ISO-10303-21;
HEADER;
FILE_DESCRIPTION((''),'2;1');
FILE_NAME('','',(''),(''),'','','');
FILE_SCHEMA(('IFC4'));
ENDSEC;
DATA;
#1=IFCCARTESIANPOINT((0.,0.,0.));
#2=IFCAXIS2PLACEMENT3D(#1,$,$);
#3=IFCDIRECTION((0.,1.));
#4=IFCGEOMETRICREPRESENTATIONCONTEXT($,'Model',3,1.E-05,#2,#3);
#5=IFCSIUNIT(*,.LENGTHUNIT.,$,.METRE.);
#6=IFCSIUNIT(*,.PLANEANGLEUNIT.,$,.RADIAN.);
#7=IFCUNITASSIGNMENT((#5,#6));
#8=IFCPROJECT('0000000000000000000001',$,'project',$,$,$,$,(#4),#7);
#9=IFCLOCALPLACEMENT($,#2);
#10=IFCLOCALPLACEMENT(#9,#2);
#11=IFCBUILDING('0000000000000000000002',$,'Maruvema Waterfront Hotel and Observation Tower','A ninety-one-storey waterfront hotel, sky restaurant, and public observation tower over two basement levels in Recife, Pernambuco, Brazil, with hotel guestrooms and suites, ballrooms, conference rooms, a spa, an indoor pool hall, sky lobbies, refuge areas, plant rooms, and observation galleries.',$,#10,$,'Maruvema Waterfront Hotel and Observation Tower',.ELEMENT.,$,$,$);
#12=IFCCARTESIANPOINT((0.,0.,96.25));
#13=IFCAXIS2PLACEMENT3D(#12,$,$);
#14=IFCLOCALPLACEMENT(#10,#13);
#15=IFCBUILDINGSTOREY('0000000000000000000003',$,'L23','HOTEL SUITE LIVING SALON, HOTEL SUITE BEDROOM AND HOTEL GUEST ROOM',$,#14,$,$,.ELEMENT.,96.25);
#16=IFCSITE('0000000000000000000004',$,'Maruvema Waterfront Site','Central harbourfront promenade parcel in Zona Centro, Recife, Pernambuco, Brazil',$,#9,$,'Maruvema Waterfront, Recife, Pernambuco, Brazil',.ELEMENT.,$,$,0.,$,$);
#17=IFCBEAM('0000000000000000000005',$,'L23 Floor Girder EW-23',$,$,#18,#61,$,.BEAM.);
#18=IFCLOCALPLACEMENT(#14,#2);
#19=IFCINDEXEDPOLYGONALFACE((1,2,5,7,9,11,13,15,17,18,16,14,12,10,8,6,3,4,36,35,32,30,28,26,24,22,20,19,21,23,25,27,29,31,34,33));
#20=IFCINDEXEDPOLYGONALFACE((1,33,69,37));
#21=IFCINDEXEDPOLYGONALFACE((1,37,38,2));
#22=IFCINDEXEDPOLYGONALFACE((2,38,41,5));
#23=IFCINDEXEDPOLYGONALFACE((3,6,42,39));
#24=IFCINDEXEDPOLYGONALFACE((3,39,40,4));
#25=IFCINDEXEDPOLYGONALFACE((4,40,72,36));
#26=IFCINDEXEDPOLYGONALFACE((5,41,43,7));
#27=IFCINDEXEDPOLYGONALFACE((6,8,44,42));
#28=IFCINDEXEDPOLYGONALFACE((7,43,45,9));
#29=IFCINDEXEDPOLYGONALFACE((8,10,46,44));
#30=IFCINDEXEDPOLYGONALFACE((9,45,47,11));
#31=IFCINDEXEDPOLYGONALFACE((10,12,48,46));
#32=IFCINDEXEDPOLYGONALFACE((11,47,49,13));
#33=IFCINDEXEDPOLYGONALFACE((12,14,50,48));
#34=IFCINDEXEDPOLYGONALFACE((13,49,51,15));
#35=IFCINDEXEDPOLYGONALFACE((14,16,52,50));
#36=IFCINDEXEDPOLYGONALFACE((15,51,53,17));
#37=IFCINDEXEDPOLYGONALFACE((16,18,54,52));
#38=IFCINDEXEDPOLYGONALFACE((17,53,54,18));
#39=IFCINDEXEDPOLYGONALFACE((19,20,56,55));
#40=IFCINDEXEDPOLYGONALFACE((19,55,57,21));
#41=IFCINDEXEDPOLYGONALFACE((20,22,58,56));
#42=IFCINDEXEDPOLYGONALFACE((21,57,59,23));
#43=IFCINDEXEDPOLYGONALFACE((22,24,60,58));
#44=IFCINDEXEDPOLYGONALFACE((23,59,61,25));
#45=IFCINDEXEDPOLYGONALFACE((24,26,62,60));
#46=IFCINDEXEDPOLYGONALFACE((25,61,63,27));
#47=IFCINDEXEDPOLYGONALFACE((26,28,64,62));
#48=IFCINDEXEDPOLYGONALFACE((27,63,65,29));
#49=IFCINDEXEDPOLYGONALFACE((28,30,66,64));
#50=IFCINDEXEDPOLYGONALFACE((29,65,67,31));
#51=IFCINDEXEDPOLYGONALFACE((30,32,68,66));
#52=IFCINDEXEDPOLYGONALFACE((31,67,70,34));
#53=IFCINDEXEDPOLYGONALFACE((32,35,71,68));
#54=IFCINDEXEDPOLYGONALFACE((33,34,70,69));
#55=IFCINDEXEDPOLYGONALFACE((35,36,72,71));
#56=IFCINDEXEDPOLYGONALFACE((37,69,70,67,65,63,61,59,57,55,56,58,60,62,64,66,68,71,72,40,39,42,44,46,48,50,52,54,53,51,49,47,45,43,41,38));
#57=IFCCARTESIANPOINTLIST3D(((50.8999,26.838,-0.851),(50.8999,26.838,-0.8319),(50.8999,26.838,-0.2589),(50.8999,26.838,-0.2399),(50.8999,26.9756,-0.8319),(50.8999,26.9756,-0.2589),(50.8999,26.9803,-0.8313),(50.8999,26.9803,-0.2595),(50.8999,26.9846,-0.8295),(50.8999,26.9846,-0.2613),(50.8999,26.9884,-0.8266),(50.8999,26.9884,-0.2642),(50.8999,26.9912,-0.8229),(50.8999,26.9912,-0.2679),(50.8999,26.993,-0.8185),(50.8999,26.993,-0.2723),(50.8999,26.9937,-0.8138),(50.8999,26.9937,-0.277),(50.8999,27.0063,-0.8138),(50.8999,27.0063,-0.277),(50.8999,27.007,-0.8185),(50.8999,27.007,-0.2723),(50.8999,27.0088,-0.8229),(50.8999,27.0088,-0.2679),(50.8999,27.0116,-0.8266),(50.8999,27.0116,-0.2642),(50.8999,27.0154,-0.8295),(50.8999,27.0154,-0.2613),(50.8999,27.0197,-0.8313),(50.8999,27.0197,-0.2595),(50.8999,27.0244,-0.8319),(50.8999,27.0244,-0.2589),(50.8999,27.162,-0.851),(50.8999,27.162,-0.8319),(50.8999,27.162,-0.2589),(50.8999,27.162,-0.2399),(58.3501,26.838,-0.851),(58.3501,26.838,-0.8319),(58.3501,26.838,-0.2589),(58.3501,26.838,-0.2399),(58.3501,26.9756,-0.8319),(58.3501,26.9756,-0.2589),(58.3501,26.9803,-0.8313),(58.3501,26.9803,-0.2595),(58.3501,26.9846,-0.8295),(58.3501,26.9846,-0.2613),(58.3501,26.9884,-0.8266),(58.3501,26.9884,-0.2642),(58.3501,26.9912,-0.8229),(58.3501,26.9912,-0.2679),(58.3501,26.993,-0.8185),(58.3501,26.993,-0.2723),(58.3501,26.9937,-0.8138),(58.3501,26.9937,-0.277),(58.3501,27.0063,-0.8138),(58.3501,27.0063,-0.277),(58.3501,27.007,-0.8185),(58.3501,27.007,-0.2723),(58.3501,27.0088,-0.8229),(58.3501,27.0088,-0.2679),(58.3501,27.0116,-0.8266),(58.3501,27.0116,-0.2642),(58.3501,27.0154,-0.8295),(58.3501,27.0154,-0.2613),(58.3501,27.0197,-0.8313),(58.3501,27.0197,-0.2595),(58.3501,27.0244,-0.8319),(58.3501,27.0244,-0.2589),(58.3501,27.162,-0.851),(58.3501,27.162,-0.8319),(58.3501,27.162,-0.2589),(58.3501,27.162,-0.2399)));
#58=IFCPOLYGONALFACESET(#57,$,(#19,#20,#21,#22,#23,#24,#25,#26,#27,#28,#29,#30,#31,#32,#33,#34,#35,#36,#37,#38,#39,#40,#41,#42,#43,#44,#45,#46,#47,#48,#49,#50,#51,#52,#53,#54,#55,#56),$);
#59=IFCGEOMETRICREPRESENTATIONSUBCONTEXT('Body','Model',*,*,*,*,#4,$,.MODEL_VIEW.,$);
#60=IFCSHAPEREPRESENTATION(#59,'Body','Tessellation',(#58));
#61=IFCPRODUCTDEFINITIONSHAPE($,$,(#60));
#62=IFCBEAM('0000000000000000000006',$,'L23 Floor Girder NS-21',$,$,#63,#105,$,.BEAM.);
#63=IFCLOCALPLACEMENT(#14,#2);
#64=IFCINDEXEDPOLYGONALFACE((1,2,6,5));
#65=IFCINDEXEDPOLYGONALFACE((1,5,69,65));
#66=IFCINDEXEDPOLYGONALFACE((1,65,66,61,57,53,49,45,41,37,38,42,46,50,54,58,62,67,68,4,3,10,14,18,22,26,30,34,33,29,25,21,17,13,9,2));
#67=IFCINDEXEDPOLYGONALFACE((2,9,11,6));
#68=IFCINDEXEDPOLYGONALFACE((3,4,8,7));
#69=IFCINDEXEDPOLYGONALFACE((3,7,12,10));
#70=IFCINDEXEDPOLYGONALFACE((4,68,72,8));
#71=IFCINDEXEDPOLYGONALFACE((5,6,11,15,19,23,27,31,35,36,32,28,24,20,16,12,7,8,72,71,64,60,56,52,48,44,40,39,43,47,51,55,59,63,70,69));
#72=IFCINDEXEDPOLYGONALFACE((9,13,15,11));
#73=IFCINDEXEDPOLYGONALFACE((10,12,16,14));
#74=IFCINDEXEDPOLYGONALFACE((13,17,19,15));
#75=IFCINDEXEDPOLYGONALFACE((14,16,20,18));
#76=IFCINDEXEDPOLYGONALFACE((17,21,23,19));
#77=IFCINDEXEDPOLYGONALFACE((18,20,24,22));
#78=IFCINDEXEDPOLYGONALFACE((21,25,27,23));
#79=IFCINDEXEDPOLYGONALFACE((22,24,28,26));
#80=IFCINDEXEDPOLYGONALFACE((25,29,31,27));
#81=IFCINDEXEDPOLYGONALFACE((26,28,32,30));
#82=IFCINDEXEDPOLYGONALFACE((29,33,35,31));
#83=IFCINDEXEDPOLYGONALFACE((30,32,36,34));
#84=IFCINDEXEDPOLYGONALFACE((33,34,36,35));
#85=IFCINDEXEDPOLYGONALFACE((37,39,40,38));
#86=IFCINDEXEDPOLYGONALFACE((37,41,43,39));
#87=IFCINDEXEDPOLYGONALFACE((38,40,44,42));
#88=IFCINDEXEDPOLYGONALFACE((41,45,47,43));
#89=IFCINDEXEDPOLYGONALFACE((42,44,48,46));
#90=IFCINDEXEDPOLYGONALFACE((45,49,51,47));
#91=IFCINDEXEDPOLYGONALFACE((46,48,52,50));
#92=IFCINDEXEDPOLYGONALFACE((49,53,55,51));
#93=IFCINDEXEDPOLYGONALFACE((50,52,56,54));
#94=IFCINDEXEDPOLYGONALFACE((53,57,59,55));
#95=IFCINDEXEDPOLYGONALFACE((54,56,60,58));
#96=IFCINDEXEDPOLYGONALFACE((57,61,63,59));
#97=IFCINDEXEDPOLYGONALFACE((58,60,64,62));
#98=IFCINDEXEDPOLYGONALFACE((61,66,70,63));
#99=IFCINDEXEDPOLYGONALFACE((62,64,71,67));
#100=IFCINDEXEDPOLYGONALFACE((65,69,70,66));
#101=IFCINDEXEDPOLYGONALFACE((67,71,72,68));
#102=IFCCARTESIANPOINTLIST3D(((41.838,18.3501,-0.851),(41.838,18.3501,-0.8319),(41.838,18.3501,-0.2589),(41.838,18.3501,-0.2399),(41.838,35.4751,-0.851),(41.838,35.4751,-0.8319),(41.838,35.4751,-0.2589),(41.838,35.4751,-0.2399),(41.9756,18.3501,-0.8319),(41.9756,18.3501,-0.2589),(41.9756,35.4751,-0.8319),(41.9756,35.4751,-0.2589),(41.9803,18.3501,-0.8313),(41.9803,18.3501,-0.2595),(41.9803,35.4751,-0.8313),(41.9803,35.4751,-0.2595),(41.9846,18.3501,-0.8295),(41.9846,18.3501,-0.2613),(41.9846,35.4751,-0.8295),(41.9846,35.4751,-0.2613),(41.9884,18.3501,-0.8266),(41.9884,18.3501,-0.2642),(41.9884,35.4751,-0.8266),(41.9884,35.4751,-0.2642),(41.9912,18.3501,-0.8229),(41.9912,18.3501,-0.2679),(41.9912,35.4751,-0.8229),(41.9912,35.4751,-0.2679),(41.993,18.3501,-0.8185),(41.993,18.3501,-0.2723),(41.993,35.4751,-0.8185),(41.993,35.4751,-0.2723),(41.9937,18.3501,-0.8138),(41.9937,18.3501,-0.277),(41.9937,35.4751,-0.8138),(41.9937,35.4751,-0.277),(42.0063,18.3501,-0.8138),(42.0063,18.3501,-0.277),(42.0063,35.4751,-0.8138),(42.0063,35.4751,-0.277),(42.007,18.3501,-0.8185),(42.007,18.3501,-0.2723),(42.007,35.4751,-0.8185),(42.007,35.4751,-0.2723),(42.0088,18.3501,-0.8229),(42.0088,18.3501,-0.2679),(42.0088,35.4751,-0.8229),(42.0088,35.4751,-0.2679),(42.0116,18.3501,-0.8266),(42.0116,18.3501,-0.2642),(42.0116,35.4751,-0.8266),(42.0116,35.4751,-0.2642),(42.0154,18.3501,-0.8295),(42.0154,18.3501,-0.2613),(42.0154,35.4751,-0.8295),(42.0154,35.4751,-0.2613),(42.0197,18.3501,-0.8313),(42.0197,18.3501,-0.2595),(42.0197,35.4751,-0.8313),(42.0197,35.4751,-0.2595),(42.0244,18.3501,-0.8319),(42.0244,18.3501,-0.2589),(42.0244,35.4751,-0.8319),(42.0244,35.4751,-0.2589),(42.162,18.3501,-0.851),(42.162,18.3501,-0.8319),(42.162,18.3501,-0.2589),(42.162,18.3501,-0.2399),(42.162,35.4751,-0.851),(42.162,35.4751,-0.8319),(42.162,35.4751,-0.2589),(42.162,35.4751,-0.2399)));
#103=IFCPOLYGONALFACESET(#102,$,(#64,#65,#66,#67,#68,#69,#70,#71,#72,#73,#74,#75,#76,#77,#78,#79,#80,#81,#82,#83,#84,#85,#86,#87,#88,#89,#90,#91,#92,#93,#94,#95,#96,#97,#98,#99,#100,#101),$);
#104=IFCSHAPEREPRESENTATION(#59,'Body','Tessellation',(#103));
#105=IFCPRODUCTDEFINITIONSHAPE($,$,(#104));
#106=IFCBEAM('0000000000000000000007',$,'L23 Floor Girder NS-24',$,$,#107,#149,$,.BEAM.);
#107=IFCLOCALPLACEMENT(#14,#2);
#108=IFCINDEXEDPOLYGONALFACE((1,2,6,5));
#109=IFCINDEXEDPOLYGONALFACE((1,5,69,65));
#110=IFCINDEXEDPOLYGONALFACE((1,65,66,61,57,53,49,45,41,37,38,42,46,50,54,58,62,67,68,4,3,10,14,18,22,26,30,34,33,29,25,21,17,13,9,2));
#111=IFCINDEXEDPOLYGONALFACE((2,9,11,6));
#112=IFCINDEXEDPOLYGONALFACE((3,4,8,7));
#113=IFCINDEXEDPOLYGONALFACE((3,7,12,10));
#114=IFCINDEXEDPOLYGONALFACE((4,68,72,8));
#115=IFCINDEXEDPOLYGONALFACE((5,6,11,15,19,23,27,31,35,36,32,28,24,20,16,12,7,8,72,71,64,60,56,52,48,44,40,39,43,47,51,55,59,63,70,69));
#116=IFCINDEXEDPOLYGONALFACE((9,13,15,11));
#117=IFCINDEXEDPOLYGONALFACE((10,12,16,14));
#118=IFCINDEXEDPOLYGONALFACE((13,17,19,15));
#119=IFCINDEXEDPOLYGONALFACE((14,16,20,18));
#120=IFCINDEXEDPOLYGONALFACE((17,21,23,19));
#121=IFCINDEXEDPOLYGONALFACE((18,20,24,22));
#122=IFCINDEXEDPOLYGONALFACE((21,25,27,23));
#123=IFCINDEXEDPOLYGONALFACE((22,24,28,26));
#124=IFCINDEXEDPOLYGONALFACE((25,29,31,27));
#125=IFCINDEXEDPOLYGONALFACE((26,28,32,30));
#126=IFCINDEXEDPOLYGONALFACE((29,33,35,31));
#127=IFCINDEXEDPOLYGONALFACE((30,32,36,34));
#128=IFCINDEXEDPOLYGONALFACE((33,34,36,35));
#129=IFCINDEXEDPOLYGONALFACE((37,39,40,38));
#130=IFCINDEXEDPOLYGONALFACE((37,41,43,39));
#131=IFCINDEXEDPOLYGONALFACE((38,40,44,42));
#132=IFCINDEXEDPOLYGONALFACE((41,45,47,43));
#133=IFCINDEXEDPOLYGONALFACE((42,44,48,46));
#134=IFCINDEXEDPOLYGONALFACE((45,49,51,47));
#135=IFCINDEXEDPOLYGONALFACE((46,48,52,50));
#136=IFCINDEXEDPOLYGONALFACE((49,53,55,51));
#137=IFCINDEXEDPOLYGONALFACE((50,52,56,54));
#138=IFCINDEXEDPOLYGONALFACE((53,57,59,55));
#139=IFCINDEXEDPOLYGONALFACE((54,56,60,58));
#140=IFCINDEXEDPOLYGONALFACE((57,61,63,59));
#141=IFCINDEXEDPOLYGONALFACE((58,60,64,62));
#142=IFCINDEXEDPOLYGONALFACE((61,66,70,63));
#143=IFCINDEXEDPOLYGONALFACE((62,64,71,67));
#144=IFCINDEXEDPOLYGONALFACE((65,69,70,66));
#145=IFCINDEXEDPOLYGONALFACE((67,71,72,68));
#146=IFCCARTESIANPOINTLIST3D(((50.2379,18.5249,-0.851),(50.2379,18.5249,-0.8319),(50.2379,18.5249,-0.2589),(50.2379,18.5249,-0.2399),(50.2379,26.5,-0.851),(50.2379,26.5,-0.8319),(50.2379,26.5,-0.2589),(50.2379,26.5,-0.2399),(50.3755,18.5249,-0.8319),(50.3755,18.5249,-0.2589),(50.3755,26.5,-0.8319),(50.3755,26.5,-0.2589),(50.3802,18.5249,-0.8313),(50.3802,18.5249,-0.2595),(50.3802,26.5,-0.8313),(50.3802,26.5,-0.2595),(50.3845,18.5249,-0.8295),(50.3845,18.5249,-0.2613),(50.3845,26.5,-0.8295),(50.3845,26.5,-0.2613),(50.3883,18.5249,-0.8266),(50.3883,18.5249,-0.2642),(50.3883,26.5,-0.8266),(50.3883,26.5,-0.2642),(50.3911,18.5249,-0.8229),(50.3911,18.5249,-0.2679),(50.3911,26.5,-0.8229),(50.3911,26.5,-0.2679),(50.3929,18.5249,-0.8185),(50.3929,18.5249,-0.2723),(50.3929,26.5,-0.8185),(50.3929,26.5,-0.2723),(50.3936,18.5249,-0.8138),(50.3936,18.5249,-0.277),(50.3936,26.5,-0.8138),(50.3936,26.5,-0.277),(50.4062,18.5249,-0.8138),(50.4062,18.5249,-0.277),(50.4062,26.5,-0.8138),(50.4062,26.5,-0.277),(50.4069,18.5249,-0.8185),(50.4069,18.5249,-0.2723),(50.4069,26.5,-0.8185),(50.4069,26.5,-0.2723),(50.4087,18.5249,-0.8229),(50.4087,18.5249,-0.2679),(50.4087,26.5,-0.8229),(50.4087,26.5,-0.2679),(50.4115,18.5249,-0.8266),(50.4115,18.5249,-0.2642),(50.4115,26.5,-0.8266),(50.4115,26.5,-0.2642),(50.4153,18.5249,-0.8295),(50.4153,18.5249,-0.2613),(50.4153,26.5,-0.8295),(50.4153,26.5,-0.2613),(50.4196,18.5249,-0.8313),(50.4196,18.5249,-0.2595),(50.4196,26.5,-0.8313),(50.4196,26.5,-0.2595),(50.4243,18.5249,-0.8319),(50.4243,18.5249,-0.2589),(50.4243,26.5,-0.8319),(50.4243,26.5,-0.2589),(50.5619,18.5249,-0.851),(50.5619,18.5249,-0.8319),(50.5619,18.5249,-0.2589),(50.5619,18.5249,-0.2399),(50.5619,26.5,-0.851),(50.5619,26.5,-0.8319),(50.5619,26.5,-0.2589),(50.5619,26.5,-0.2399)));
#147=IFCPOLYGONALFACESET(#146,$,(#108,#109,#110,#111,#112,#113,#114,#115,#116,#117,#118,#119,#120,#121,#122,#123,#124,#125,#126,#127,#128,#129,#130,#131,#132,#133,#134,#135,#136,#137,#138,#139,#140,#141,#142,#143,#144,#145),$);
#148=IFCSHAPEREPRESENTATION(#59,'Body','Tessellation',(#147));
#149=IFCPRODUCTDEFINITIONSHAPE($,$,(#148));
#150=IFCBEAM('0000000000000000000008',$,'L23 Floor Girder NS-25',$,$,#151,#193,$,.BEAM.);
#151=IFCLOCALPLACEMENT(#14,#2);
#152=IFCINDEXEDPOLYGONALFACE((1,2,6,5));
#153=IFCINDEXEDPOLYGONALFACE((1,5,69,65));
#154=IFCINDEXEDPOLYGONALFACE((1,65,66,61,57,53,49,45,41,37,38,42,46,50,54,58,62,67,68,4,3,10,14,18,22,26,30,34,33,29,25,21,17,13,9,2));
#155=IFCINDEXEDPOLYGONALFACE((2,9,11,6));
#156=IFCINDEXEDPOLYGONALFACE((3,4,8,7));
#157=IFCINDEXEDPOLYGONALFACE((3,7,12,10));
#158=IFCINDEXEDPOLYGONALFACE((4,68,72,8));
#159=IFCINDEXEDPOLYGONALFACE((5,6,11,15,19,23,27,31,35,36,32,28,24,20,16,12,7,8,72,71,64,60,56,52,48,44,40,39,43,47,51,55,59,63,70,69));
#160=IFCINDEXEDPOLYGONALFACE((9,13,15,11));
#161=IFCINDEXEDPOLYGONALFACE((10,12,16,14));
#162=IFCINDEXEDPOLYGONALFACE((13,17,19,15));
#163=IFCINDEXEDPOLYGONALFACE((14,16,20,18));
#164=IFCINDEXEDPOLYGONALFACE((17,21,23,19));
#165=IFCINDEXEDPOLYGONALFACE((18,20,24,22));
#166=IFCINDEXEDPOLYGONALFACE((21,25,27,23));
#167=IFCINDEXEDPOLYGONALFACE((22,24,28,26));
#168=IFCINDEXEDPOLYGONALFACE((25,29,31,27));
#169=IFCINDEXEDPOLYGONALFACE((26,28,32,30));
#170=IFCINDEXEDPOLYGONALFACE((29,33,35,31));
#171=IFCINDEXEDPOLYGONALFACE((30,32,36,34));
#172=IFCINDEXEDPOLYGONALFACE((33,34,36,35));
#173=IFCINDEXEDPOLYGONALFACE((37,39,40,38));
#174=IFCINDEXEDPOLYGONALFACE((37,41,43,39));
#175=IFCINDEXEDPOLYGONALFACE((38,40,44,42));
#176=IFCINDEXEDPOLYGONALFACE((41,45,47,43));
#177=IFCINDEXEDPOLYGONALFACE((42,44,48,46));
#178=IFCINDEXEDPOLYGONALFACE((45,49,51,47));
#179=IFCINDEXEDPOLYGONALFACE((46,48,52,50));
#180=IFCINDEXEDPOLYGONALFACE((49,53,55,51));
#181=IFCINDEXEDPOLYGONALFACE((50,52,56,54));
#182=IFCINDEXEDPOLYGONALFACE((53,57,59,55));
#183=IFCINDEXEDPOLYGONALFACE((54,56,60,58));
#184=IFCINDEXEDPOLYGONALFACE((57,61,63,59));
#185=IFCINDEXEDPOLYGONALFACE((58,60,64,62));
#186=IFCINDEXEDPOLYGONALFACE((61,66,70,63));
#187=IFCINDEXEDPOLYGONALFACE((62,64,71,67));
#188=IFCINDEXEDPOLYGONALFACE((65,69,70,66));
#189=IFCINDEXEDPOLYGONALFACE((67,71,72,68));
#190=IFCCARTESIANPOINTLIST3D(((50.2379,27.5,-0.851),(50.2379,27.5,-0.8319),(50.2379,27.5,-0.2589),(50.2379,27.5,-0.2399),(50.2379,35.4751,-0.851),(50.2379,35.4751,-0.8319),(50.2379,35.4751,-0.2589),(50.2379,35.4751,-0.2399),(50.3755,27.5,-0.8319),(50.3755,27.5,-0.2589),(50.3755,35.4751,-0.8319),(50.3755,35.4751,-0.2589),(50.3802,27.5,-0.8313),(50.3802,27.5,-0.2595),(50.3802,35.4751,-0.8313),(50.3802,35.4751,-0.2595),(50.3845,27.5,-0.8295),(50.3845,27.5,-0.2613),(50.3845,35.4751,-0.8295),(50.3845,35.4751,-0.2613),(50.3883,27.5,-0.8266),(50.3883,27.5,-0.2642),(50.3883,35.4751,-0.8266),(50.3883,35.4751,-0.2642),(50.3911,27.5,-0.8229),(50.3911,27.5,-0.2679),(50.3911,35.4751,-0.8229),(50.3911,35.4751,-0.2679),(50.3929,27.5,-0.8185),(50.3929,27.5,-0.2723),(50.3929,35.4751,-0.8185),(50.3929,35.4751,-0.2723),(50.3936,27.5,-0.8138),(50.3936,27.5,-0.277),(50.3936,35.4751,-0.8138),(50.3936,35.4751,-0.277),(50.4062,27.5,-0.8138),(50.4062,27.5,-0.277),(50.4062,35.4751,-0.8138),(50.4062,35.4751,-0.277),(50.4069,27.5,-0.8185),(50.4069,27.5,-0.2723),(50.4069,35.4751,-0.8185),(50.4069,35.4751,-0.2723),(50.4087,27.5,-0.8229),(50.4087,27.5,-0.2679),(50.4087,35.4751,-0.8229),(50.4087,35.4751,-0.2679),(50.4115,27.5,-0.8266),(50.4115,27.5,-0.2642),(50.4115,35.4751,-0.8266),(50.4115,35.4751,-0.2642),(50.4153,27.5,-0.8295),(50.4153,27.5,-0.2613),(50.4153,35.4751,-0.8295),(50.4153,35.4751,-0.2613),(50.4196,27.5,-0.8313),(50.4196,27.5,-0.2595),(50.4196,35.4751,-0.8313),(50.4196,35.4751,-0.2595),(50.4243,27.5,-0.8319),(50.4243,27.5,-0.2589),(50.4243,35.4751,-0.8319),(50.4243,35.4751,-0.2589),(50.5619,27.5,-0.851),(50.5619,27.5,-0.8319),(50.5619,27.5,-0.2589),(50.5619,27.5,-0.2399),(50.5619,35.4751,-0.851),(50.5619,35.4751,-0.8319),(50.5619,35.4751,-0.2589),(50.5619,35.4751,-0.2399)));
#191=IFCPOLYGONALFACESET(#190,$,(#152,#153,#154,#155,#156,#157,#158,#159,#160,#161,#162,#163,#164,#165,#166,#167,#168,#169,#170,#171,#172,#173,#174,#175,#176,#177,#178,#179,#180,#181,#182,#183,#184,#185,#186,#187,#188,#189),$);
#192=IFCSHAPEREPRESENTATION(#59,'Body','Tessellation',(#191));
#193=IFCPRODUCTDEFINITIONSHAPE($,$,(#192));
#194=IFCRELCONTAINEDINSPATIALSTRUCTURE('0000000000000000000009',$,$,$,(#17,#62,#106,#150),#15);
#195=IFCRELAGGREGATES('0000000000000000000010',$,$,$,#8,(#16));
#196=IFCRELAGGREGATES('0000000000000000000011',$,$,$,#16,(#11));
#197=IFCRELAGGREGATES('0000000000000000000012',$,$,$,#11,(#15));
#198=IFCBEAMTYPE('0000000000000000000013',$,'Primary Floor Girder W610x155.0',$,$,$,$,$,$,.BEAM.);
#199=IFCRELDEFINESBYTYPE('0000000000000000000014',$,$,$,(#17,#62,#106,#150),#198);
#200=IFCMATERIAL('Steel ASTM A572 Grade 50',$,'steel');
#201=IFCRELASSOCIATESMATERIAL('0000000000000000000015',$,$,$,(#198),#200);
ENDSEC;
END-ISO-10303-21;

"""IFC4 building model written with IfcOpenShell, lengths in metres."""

from ifc_helpers import new_model, si_unit, direction, frame, origin, origin_2d, place, context, subcontext, project, spatial, i_section, extrude, material, material_profile, profile_set, type_object, element, save


model = new_model("IFC4")

# Units and contexts
model_context = context("Model", 3, precision=1e-05, world=origin(), true_north=direction((0.0, 1.0)))
body_context = subcontext(model_context, "Body", "Model", "MODEL_VIEW")
ifc_project = project(units=[si_unit("LENGTHUNIT", "METRE"), si_unit("PLANEANGLEUNIT", "RADIAN")], contexts=[model_context])

# Site, building, storey
site_placement = place(None, origin())
site = spatial("IfcSite", under=ifc_project, at=site_placement, Name="Maruvema Waterfront Site", Description="Central harbourfront promenade parcel in Zona Centro, Recife, Pernambuco, Brazil", LongName="Maruvema Waterfront, Recife, Pernambuco, Brazil", CompositionType="ELEMENT", RefElevation=0.0)
building_placement = place(site_placement, origin())
building = spatial("IfcBuilding", under=site, at=building_placement, Name="Maruvema Waterfront Hotel and Observation Tower", Description="A ninety-one-storey waterfront hotel, sky restaurant, and public observation tower over two basement levels in Recife, Pernambuco, Brazil, with hotel guestrooms and suites, ballrooms, conference rooms, a spa, an indoor pool hall, sky lobbies, refuge areas, plant rooms, and observation galleries.", LongName="Maruvema Waterfront Hotel and Observation Tower", CompositionType="ELEMENT")
storey_placement = place(building_placement, frame((0.0, 0.0, 96.25)))
storey = spatial("IfcBuildingStorey", under=building, at=storey_placement, Name="L23", Description="HOTEL SUITE LIVING SALON, HOTEL SUITE BEDROOM AND HOTEL GUEST ROOM", CompositionType="ELEMENT", Elevation=96.25)

# Beams
ifc_material_1 = material(Name="Steel ASTM A572 Grade 50", Category="steel")
ifc_material_profile_1 = material_profile(ifc_material_1, i_section(OverallWidth=0.324, OverallDepth=0.6111, WebThickness=0.0127, FlangeThickness=0.019, FilletRadius=0.0181, at=origin_2d()), Name="W610x155.0")
ifc_profile_set_1 = profile_set([ifc_material_profile_1], Name="Steel ASTM A572 Grade 50")
beam_type_1 = type_object("IfcBeamType", Name="Primary Floor Girder W610x155.0", PredefinedType="BEAM", material=ifc_profile_set_1)
beam_1_placement = place(storey_placement, frame((50.8999, 27.0, -0.5454), z_axis=(1.0, 0.0, 0.0), x_axis=(0.0, 1.0, 0.0)))
element("IfcBeam", 1, at=beam_1_placement, inside=storey, type_object=beam_type_1, Name="L23 Floor Girder EW-23", PredefinedType="BEAM", context=body_context, shape_type="SweptSolid", body=[
    extrude(i_section(OverallWidth=0.324, OverallDepth=0.6111, WebThickness=0.0127, FlangeThickness=0.019, FilletRadius=0.0181, at=origin_2d()), origin(), (0.0, 0.0, 1.0), 7.4502),
])
beam_2_placement = place(storey_placement, frame((42.0, 18.3501, -0.5454), z_axis=(0.0, 1.0, 0.0), x_axis=(-1.0, 0.0, 0.0)))
element("IfcBeam", 2, at=beam_2_placement, inside=storey, type_object=beam_type_1, Name="L23 Floor Girder NS-21", PredefinedType="BEAM", context=body_context, shape_type="SweptSolid", body=[
    extrude(i_section(OverallWidth=0.324, OverallDepth=0.6111, WebThickness=0.0127, FlangeThickness=0.019, FilletRadius=0.0181, at=origin_2d()), origin(), (0.0, 0.0, 1.0), 17.125),
])
for number, where, z_axis, x_axis, name in (
    (3, (50.3999, 18.5249, -0.5454), (0.0, 1.0, 0.0), (-1.0, 0.0, 0.0), "L23 Floor Girder NS-24"),
    (4, (50.3999, 27.5, -0.5454), (0.0, 1.0, 0.0), (-1.0, 0.0, 0.0), "L23 Floor Girder NS-25"),
):
    element("IfcBeam", number, at=place(storey_placement, frame(where, z_axis=z_axis, x_axis=x_axis)), inside=storey, type_object=beam_type_1, Name=name, PredefinedType="BEAM", context=body_context, shape_type="SweptSolid", body=[
        extrude(i_section(OverallWidth=0.324, OverallDepth=0.6111, WebThickness=0.0127, FlangeThickness=0.019, FilletRadius=0.0181, at=origin_2d()), origin(), (0.0, 0.0, 1.0), 7.9751),
    ])

save(model, "model.ifc")
